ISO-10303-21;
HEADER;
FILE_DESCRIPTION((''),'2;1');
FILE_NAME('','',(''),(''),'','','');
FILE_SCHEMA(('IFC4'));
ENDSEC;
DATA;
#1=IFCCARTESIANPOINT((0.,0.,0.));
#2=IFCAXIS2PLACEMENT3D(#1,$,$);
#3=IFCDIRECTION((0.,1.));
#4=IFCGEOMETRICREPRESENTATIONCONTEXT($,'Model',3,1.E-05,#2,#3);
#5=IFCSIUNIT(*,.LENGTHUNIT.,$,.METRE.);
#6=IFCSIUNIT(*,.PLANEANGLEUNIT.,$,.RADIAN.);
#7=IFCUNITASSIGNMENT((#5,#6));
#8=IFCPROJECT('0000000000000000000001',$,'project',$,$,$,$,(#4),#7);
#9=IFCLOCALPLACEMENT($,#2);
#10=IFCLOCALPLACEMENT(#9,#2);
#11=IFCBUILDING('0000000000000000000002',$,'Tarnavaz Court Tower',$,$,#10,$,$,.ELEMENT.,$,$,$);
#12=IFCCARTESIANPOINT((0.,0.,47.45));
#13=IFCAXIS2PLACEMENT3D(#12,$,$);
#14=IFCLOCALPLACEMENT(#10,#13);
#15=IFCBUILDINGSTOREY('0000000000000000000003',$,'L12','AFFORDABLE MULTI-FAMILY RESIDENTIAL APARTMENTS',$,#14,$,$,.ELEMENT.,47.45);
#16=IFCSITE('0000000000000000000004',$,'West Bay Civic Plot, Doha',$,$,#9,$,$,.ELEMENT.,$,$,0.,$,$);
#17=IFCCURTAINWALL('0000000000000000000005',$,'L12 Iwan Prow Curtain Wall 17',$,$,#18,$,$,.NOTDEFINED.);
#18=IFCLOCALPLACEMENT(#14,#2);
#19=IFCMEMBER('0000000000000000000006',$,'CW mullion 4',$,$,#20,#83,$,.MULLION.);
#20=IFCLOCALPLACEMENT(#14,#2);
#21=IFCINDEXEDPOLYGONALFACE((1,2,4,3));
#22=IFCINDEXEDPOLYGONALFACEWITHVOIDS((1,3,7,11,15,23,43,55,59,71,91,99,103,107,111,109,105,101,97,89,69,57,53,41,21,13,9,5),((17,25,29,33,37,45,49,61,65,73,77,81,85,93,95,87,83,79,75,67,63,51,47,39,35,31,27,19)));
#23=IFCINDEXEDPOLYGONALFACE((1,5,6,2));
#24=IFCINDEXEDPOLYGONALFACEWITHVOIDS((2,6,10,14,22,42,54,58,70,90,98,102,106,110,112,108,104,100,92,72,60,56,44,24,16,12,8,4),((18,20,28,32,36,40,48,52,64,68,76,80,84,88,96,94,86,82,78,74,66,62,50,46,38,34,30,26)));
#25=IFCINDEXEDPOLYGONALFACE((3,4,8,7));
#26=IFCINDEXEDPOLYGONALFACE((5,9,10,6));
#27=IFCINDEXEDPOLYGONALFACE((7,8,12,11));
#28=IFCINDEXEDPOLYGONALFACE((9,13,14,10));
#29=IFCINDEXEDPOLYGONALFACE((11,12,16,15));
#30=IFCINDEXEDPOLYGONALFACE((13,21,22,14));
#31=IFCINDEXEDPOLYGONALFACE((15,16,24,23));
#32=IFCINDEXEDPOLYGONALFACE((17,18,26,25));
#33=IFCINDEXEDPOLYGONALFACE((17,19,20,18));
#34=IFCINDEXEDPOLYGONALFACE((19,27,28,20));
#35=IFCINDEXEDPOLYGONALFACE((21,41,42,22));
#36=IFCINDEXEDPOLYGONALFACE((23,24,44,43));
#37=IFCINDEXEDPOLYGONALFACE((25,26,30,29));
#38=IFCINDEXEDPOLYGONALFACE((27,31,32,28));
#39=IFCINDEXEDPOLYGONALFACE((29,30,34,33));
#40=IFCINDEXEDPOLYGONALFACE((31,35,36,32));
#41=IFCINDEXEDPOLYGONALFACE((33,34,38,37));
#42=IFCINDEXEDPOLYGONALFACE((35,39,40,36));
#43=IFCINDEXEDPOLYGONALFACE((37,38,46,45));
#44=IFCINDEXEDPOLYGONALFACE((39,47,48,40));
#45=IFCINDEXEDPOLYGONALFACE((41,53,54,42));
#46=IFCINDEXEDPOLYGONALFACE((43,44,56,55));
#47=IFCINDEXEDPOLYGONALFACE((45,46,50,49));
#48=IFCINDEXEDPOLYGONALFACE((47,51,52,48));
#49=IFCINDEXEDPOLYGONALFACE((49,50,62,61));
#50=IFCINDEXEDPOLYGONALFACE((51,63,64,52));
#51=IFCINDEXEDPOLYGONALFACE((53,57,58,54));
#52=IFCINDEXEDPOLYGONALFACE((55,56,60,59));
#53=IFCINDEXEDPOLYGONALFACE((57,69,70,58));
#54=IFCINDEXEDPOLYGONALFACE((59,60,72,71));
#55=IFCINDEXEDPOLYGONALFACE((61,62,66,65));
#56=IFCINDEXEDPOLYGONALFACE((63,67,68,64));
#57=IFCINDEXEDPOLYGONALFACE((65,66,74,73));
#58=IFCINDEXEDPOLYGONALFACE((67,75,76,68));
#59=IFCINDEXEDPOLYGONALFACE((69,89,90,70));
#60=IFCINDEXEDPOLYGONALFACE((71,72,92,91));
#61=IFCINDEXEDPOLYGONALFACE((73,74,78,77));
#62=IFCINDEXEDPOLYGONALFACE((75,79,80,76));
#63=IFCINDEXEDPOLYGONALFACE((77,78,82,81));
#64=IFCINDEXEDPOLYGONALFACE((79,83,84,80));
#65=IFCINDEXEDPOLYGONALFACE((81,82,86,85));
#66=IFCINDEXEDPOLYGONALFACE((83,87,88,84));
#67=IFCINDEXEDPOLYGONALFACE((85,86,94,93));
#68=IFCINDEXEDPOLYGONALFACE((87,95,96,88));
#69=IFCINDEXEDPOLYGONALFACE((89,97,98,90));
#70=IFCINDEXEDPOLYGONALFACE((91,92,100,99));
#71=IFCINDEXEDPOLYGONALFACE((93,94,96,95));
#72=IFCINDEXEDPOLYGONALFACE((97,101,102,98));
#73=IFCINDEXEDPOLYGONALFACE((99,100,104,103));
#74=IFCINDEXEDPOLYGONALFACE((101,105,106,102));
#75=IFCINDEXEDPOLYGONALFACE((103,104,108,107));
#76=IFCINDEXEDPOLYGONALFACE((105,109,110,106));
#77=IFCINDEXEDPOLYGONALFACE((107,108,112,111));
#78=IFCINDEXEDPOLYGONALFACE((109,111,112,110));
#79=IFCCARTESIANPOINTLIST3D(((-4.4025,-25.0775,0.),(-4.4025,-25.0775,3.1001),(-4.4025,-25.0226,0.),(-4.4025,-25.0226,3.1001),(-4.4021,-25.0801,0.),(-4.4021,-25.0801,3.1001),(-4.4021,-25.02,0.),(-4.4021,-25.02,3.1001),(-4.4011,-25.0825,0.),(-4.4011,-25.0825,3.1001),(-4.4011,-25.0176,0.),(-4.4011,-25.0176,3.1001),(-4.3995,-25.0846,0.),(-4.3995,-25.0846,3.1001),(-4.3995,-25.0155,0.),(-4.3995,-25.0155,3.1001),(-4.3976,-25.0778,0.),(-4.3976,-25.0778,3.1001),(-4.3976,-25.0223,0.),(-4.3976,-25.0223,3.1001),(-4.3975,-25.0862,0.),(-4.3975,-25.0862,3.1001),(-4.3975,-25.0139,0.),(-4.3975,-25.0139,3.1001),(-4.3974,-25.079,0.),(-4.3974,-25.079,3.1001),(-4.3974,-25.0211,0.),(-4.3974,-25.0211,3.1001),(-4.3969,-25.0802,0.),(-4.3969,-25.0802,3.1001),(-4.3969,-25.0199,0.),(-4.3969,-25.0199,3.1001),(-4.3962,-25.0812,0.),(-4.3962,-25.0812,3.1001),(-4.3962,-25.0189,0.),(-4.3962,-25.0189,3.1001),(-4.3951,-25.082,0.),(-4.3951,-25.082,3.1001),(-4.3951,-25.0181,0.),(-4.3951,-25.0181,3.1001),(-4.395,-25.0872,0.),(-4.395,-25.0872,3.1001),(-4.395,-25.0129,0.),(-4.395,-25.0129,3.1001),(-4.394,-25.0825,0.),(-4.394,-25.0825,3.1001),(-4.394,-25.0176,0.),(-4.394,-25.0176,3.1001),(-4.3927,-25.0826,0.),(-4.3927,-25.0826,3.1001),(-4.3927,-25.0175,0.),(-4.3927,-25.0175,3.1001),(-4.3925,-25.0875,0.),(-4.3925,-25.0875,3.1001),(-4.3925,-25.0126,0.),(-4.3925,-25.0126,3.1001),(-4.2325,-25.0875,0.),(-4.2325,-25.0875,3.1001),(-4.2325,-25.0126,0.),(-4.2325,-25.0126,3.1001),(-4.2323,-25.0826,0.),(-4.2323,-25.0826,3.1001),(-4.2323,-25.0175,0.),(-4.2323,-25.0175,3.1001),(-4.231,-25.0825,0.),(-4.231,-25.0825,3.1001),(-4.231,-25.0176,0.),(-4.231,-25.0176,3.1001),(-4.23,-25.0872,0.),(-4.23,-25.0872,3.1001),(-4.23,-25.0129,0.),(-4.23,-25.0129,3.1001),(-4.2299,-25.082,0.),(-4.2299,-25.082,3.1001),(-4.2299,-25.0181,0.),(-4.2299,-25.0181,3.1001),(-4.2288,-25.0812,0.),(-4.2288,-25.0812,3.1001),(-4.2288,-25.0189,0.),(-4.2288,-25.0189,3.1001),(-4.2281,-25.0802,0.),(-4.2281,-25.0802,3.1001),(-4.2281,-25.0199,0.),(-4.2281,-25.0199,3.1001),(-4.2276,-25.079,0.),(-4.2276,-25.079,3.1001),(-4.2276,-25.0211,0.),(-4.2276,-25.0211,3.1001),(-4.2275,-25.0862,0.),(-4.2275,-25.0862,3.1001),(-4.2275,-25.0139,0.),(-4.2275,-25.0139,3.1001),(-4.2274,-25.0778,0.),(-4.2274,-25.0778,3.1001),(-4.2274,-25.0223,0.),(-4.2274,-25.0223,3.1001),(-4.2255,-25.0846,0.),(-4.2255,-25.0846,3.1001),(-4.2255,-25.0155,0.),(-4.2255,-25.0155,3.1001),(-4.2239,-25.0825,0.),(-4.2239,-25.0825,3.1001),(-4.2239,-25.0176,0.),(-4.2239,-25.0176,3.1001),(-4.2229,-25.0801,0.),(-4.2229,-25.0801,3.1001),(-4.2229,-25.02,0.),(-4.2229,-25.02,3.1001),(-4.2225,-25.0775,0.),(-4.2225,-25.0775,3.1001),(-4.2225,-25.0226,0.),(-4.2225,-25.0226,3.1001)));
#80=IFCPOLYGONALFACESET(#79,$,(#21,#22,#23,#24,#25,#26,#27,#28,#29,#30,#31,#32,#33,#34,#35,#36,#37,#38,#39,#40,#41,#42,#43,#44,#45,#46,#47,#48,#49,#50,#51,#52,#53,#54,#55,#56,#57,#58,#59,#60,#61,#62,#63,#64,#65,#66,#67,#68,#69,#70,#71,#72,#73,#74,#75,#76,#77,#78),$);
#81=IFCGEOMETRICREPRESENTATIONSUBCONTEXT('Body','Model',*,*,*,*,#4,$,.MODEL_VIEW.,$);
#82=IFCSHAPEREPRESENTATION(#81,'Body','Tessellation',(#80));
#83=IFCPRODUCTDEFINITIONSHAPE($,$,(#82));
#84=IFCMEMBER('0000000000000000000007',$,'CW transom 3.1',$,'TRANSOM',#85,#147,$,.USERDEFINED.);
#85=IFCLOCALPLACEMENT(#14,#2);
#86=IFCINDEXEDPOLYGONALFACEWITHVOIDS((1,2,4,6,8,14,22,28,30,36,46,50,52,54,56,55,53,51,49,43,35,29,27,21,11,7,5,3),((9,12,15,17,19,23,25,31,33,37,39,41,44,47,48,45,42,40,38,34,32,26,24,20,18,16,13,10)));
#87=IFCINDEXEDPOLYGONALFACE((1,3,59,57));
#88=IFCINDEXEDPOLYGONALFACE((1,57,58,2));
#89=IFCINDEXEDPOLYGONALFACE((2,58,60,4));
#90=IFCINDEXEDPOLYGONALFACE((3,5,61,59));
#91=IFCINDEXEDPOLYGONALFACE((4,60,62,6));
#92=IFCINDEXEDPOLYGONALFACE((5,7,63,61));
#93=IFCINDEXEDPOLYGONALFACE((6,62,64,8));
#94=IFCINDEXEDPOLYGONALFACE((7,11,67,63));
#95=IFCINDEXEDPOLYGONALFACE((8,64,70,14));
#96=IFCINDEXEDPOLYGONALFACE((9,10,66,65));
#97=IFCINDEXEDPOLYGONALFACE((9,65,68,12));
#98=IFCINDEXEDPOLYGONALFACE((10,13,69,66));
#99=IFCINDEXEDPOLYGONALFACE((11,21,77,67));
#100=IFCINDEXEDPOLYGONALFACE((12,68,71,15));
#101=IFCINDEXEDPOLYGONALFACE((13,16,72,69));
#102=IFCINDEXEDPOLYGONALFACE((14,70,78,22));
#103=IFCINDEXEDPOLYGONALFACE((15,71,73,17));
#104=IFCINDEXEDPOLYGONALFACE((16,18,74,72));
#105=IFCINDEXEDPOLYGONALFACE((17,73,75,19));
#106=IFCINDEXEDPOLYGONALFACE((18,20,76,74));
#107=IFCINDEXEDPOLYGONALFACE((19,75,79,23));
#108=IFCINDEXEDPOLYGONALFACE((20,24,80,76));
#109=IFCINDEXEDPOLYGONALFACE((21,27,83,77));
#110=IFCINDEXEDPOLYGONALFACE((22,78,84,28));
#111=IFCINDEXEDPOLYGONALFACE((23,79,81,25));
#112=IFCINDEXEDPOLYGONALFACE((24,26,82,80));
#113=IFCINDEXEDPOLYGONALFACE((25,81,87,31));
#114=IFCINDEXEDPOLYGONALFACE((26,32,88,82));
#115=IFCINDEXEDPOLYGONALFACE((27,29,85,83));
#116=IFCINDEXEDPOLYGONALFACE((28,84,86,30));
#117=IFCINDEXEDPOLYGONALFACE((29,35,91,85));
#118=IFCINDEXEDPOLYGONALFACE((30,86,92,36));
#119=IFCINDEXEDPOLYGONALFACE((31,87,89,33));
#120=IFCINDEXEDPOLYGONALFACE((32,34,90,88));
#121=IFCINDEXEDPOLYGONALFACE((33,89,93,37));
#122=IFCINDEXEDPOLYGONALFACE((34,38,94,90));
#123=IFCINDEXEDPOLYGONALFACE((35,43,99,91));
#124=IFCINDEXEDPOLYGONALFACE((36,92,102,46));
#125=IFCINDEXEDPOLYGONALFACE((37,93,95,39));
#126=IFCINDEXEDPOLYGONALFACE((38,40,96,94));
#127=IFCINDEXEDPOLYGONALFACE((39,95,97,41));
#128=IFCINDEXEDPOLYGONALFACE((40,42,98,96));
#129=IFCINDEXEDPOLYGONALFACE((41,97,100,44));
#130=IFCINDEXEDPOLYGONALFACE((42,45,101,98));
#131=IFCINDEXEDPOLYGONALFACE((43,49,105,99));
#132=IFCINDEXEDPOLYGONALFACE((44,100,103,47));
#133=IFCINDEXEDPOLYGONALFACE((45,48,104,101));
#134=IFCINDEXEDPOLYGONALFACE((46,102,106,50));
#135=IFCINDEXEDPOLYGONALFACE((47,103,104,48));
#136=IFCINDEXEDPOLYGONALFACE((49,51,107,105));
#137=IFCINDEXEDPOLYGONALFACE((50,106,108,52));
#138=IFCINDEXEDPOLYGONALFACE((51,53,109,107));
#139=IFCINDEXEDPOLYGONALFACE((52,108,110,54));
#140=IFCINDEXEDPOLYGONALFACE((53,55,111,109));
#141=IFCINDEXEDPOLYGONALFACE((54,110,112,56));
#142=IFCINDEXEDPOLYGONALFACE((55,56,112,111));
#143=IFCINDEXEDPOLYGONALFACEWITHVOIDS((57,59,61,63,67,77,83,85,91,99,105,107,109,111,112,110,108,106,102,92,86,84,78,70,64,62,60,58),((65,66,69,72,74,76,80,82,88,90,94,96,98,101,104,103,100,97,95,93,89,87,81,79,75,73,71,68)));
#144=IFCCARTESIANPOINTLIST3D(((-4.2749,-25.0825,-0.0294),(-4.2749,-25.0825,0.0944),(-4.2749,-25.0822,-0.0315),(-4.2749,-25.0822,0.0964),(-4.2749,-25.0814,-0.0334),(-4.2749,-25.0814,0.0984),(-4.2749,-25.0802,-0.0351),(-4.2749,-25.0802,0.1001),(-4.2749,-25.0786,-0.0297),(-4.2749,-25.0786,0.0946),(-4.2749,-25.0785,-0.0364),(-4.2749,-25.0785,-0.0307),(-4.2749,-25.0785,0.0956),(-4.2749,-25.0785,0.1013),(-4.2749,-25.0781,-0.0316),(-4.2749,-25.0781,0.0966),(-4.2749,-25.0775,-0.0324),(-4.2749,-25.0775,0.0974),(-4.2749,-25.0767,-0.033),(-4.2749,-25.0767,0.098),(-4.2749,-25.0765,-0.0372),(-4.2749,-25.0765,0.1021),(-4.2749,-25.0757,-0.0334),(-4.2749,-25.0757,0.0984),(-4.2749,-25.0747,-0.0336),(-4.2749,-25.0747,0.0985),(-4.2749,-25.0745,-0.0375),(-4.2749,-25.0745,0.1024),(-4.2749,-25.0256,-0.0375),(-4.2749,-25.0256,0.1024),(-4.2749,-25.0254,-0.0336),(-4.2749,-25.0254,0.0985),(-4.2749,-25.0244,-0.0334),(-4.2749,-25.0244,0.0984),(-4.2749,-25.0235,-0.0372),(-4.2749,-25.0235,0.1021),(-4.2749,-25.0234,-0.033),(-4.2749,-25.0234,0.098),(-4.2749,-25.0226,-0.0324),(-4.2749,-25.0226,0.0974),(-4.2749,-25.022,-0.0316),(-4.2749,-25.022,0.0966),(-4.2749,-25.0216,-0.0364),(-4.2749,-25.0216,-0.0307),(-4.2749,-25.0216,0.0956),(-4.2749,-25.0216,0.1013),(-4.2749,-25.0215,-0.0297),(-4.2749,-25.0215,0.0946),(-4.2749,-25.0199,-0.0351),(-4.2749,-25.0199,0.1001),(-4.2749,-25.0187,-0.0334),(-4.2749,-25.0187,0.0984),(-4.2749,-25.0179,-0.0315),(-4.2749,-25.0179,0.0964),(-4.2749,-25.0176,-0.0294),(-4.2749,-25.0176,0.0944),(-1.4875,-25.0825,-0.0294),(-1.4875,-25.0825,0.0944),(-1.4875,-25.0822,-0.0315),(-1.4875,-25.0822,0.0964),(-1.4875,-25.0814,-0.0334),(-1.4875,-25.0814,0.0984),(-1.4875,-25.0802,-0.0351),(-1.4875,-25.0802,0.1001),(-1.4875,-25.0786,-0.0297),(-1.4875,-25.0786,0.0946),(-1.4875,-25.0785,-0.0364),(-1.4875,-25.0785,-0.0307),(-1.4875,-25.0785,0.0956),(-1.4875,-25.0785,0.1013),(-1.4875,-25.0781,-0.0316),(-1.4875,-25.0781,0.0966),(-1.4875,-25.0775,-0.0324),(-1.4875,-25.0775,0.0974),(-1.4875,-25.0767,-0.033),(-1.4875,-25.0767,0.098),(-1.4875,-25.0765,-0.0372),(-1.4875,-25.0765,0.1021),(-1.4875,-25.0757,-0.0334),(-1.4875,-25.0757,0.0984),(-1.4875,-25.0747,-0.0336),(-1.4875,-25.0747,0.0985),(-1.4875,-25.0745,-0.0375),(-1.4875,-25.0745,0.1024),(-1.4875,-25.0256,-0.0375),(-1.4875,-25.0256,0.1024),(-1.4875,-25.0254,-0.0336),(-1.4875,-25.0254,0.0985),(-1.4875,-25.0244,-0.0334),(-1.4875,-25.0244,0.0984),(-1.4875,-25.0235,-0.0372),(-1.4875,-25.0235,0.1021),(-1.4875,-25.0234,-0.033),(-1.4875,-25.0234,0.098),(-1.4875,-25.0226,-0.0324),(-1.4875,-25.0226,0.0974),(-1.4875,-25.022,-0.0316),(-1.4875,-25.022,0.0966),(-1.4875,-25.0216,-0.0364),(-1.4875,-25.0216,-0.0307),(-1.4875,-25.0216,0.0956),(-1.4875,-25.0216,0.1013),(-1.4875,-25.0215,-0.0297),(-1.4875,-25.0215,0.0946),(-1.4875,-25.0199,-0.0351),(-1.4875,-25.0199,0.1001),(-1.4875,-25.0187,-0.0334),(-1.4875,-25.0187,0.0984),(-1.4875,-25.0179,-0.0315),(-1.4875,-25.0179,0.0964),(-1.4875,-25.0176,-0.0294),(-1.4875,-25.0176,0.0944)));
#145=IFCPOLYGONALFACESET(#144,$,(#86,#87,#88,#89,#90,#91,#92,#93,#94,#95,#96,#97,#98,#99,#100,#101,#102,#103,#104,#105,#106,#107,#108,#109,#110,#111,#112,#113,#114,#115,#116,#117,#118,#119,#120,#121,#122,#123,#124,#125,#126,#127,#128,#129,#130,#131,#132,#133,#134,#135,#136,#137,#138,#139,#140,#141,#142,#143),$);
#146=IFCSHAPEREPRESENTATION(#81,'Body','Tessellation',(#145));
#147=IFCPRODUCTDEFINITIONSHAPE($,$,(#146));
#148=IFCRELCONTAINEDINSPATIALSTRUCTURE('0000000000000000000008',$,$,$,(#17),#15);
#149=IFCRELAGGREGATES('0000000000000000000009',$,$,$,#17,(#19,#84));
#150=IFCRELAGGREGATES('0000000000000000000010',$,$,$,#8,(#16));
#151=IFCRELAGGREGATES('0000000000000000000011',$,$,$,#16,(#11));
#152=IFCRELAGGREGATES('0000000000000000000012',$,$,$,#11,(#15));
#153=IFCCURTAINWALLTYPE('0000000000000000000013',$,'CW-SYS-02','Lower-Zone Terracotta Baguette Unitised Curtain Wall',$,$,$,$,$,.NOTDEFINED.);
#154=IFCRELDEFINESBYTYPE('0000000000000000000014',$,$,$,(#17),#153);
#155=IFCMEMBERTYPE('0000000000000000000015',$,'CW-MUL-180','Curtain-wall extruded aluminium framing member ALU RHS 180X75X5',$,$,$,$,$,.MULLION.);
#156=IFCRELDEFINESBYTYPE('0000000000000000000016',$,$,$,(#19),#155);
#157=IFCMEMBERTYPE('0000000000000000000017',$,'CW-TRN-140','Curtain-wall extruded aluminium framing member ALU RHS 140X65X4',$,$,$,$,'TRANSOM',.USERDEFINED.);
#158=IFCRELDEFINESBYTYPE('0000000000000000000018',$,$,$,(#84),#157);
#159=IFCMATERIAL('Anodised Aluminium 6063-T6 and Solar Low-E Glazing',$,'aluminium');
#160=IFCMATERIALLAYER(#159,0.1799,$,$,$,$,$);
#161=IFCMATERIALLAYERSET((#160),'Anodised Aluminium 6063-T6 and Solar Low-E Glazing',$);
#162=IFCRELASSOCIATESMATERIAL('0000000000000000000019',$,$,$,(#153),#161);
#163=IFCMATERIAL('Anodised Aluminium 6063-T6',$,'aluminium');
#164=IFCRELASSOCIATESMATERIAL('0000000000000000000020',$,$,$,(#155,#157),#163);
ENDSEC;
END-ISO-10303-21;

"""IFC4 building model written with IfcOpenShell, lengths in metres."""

from ifc_helpers import new_model, si_unit, direction, frame, origin, origin_2d, place, context, subcontext, project, spatial, hollow_rectangle, extrude, material, layer, layer_set, material_profile, profile_set, type_object, element, aggregate, save


model = new_model("IFC4")

# Units and contexts
model_context = context("Model", 3, precision=1e-05, world=origin(), true_north=direction((0.0, 1.0)))
body_context = subcontext(model_context, "Body", "Model", "MODEL_VIEW")
ifc_project = project(units=[si_unit("LENGTHUNIT", "METRE"), si_unit("PLANEANGLEUNIT", "RADIAN")], contexts=[model_context])

# Site, building, storey
site_placement = place(None, origin())
site = spatial("IfcSite", under=ifc_project, at=site_placement, Name="West Bay Civic Plot, Doha", CompositionType="ELEMENT", RefElevation=0.0)
building_placement = place(site_placement, origin())
building = spatial("IfcBuilding", under=site, at=building_placement, Name="Tarnavaz Court Tower", CompositionType="ELEMENT")
storey_placement = place(building_placement, frame((0.0, 0.0, 47.45)))
storey = spatial("IfcBuildingStorey", under=building, at=storey_placement, Name="L12", Description="AFFORDABLE MULTI-FAMILY RESIDENTIAL APARTMENTS", CompositionType="ELEMENT", Elevation=47.45)

# Curtain wall, members
ifc_material_1 = material(Name="Anodised Aluminium 6063-T6 and Solar Low-E Glazing", Category="aluminium")
ifc_layer_1 = layer(ifc_material_1, 0.1799)
ifc_layer_set_1 = layer_set([ifc_layer_1], Name="Anodised Aluminium 6063-T6 and Solar Low-E Glazing")
curtain_wall_type = type_object("IfcCurtainWallType", Name="CW-SYS-02", Description="Lower-Zone Terracotta Baguette Unitised Curtain Wall", PredefinedType="NOTDEFINED", material=ifc_layer_set_1)
curtain_wall_placement = place(storey_placement, origin())
curtain_wall = element("IfcCurtainWall", 1, at=curtain_wall_placement, inside=storey, type_object=curtain_wall_type, Name="L12 Iwan Prow Curtain Wall 17", PredefinedType="NOTDEFINED")
ifc_material_2 = material(Name="Anodised Aluminium 6063-T6", Category="aluminium")
ifc_material_profile_1 = material_profile(ifc_material_2, hollow_rectangle(XDim=0.075, YDim=0.1799, WallThickness=0.0049, InnerFilletRadius=0.0049, OuterFilletRadius=0.01, at=origin_2d()), Name="ALU RHS 180X75X5")
ifc_profile_set_1 = profile_set([ifc_material_profile_1], Name="Anodised Aluminium 6063-T6")
member_type_1 = type_object("IfcMemberType", Name="CW-MUL-180", Description="Curtain-wall extruded aluminium framing member ALU RHS 180X75X5", PredefinedType="MULLION", material=ifc_profile_set_1)
member_1_placement = place(storey_placement, frame((-4.3125, -25.05, 0.0), z_axis=(0.0, 0.0, 1.0), x_axis=(0.0, -1.0, 0.0)))
member_1 = element("IfcMember", 2, at=member_1_placement, type_object=member_type_1, Name="CW mullion 4", PredefinedType="MULLION", context=body_context, shape_type="SweptSolid", body=[
    extrude(hollow_rectangle(XDim=0.075, YDim=0.1799, WallThickness=0.0049, InnerFilletRadius=0.0049, OuterFilletRadius=0.01, at=origin_2d()), origin(), (0.0, 0.0, 1.0), 3.1001),
])
ifc_material_profile_2 = material_profile(ifc_material_2, hollow_rectangle(XDim=0.0649, YDim=0.1399, WallThickness=0.0039, InnerFilletRadius=0.0039, OuterFilletRadius=0.0081, at=origin_2d()), Name="ALU RHS 140X65X4")
ifc_profile_set_2 = profile_set([ifc_material_profile_2], Name="Anodised Aluminium 6063-T6")
member_type_2 = type_object("IfcMemberType", Name="CW-TRN-140", Description="Curtain-wall extruded aluminium framing member ALU RHS 140X65X4", ElementType="TRANSOM", PredefinedType="USERDEFINED", material=ifc_profile_set_2)
member_2_placement = place(storey_placement, frame((-1.4875, -25.05, 0.0325), z_axis=(-1.0, 0.0, 0.0), x_axis=(0.0, -1.0, 0.0)))
member_2 = element("IfcMember", 3, at=member_2_placement, type_object=member_type_2, Name="CW transom 3.1", ObjectType="TRANSOM", PredefinedType="USERDEFINED", context=body_context, shape_type="SweptSolid", body=[
    extrude(hollow_rectangle(XDim=0.0649, YDim=0.1399, WallThickness=0.0039, InnerFilletRadius=0.0039, OuterFilletRadius=0.0081, at=origin_2d()), origin(), (0.0, 0.0, 1.0), 2.7874),
])
aggregate(curtain_wall, [member_1, member_2])

save(model, "model.ifc")
